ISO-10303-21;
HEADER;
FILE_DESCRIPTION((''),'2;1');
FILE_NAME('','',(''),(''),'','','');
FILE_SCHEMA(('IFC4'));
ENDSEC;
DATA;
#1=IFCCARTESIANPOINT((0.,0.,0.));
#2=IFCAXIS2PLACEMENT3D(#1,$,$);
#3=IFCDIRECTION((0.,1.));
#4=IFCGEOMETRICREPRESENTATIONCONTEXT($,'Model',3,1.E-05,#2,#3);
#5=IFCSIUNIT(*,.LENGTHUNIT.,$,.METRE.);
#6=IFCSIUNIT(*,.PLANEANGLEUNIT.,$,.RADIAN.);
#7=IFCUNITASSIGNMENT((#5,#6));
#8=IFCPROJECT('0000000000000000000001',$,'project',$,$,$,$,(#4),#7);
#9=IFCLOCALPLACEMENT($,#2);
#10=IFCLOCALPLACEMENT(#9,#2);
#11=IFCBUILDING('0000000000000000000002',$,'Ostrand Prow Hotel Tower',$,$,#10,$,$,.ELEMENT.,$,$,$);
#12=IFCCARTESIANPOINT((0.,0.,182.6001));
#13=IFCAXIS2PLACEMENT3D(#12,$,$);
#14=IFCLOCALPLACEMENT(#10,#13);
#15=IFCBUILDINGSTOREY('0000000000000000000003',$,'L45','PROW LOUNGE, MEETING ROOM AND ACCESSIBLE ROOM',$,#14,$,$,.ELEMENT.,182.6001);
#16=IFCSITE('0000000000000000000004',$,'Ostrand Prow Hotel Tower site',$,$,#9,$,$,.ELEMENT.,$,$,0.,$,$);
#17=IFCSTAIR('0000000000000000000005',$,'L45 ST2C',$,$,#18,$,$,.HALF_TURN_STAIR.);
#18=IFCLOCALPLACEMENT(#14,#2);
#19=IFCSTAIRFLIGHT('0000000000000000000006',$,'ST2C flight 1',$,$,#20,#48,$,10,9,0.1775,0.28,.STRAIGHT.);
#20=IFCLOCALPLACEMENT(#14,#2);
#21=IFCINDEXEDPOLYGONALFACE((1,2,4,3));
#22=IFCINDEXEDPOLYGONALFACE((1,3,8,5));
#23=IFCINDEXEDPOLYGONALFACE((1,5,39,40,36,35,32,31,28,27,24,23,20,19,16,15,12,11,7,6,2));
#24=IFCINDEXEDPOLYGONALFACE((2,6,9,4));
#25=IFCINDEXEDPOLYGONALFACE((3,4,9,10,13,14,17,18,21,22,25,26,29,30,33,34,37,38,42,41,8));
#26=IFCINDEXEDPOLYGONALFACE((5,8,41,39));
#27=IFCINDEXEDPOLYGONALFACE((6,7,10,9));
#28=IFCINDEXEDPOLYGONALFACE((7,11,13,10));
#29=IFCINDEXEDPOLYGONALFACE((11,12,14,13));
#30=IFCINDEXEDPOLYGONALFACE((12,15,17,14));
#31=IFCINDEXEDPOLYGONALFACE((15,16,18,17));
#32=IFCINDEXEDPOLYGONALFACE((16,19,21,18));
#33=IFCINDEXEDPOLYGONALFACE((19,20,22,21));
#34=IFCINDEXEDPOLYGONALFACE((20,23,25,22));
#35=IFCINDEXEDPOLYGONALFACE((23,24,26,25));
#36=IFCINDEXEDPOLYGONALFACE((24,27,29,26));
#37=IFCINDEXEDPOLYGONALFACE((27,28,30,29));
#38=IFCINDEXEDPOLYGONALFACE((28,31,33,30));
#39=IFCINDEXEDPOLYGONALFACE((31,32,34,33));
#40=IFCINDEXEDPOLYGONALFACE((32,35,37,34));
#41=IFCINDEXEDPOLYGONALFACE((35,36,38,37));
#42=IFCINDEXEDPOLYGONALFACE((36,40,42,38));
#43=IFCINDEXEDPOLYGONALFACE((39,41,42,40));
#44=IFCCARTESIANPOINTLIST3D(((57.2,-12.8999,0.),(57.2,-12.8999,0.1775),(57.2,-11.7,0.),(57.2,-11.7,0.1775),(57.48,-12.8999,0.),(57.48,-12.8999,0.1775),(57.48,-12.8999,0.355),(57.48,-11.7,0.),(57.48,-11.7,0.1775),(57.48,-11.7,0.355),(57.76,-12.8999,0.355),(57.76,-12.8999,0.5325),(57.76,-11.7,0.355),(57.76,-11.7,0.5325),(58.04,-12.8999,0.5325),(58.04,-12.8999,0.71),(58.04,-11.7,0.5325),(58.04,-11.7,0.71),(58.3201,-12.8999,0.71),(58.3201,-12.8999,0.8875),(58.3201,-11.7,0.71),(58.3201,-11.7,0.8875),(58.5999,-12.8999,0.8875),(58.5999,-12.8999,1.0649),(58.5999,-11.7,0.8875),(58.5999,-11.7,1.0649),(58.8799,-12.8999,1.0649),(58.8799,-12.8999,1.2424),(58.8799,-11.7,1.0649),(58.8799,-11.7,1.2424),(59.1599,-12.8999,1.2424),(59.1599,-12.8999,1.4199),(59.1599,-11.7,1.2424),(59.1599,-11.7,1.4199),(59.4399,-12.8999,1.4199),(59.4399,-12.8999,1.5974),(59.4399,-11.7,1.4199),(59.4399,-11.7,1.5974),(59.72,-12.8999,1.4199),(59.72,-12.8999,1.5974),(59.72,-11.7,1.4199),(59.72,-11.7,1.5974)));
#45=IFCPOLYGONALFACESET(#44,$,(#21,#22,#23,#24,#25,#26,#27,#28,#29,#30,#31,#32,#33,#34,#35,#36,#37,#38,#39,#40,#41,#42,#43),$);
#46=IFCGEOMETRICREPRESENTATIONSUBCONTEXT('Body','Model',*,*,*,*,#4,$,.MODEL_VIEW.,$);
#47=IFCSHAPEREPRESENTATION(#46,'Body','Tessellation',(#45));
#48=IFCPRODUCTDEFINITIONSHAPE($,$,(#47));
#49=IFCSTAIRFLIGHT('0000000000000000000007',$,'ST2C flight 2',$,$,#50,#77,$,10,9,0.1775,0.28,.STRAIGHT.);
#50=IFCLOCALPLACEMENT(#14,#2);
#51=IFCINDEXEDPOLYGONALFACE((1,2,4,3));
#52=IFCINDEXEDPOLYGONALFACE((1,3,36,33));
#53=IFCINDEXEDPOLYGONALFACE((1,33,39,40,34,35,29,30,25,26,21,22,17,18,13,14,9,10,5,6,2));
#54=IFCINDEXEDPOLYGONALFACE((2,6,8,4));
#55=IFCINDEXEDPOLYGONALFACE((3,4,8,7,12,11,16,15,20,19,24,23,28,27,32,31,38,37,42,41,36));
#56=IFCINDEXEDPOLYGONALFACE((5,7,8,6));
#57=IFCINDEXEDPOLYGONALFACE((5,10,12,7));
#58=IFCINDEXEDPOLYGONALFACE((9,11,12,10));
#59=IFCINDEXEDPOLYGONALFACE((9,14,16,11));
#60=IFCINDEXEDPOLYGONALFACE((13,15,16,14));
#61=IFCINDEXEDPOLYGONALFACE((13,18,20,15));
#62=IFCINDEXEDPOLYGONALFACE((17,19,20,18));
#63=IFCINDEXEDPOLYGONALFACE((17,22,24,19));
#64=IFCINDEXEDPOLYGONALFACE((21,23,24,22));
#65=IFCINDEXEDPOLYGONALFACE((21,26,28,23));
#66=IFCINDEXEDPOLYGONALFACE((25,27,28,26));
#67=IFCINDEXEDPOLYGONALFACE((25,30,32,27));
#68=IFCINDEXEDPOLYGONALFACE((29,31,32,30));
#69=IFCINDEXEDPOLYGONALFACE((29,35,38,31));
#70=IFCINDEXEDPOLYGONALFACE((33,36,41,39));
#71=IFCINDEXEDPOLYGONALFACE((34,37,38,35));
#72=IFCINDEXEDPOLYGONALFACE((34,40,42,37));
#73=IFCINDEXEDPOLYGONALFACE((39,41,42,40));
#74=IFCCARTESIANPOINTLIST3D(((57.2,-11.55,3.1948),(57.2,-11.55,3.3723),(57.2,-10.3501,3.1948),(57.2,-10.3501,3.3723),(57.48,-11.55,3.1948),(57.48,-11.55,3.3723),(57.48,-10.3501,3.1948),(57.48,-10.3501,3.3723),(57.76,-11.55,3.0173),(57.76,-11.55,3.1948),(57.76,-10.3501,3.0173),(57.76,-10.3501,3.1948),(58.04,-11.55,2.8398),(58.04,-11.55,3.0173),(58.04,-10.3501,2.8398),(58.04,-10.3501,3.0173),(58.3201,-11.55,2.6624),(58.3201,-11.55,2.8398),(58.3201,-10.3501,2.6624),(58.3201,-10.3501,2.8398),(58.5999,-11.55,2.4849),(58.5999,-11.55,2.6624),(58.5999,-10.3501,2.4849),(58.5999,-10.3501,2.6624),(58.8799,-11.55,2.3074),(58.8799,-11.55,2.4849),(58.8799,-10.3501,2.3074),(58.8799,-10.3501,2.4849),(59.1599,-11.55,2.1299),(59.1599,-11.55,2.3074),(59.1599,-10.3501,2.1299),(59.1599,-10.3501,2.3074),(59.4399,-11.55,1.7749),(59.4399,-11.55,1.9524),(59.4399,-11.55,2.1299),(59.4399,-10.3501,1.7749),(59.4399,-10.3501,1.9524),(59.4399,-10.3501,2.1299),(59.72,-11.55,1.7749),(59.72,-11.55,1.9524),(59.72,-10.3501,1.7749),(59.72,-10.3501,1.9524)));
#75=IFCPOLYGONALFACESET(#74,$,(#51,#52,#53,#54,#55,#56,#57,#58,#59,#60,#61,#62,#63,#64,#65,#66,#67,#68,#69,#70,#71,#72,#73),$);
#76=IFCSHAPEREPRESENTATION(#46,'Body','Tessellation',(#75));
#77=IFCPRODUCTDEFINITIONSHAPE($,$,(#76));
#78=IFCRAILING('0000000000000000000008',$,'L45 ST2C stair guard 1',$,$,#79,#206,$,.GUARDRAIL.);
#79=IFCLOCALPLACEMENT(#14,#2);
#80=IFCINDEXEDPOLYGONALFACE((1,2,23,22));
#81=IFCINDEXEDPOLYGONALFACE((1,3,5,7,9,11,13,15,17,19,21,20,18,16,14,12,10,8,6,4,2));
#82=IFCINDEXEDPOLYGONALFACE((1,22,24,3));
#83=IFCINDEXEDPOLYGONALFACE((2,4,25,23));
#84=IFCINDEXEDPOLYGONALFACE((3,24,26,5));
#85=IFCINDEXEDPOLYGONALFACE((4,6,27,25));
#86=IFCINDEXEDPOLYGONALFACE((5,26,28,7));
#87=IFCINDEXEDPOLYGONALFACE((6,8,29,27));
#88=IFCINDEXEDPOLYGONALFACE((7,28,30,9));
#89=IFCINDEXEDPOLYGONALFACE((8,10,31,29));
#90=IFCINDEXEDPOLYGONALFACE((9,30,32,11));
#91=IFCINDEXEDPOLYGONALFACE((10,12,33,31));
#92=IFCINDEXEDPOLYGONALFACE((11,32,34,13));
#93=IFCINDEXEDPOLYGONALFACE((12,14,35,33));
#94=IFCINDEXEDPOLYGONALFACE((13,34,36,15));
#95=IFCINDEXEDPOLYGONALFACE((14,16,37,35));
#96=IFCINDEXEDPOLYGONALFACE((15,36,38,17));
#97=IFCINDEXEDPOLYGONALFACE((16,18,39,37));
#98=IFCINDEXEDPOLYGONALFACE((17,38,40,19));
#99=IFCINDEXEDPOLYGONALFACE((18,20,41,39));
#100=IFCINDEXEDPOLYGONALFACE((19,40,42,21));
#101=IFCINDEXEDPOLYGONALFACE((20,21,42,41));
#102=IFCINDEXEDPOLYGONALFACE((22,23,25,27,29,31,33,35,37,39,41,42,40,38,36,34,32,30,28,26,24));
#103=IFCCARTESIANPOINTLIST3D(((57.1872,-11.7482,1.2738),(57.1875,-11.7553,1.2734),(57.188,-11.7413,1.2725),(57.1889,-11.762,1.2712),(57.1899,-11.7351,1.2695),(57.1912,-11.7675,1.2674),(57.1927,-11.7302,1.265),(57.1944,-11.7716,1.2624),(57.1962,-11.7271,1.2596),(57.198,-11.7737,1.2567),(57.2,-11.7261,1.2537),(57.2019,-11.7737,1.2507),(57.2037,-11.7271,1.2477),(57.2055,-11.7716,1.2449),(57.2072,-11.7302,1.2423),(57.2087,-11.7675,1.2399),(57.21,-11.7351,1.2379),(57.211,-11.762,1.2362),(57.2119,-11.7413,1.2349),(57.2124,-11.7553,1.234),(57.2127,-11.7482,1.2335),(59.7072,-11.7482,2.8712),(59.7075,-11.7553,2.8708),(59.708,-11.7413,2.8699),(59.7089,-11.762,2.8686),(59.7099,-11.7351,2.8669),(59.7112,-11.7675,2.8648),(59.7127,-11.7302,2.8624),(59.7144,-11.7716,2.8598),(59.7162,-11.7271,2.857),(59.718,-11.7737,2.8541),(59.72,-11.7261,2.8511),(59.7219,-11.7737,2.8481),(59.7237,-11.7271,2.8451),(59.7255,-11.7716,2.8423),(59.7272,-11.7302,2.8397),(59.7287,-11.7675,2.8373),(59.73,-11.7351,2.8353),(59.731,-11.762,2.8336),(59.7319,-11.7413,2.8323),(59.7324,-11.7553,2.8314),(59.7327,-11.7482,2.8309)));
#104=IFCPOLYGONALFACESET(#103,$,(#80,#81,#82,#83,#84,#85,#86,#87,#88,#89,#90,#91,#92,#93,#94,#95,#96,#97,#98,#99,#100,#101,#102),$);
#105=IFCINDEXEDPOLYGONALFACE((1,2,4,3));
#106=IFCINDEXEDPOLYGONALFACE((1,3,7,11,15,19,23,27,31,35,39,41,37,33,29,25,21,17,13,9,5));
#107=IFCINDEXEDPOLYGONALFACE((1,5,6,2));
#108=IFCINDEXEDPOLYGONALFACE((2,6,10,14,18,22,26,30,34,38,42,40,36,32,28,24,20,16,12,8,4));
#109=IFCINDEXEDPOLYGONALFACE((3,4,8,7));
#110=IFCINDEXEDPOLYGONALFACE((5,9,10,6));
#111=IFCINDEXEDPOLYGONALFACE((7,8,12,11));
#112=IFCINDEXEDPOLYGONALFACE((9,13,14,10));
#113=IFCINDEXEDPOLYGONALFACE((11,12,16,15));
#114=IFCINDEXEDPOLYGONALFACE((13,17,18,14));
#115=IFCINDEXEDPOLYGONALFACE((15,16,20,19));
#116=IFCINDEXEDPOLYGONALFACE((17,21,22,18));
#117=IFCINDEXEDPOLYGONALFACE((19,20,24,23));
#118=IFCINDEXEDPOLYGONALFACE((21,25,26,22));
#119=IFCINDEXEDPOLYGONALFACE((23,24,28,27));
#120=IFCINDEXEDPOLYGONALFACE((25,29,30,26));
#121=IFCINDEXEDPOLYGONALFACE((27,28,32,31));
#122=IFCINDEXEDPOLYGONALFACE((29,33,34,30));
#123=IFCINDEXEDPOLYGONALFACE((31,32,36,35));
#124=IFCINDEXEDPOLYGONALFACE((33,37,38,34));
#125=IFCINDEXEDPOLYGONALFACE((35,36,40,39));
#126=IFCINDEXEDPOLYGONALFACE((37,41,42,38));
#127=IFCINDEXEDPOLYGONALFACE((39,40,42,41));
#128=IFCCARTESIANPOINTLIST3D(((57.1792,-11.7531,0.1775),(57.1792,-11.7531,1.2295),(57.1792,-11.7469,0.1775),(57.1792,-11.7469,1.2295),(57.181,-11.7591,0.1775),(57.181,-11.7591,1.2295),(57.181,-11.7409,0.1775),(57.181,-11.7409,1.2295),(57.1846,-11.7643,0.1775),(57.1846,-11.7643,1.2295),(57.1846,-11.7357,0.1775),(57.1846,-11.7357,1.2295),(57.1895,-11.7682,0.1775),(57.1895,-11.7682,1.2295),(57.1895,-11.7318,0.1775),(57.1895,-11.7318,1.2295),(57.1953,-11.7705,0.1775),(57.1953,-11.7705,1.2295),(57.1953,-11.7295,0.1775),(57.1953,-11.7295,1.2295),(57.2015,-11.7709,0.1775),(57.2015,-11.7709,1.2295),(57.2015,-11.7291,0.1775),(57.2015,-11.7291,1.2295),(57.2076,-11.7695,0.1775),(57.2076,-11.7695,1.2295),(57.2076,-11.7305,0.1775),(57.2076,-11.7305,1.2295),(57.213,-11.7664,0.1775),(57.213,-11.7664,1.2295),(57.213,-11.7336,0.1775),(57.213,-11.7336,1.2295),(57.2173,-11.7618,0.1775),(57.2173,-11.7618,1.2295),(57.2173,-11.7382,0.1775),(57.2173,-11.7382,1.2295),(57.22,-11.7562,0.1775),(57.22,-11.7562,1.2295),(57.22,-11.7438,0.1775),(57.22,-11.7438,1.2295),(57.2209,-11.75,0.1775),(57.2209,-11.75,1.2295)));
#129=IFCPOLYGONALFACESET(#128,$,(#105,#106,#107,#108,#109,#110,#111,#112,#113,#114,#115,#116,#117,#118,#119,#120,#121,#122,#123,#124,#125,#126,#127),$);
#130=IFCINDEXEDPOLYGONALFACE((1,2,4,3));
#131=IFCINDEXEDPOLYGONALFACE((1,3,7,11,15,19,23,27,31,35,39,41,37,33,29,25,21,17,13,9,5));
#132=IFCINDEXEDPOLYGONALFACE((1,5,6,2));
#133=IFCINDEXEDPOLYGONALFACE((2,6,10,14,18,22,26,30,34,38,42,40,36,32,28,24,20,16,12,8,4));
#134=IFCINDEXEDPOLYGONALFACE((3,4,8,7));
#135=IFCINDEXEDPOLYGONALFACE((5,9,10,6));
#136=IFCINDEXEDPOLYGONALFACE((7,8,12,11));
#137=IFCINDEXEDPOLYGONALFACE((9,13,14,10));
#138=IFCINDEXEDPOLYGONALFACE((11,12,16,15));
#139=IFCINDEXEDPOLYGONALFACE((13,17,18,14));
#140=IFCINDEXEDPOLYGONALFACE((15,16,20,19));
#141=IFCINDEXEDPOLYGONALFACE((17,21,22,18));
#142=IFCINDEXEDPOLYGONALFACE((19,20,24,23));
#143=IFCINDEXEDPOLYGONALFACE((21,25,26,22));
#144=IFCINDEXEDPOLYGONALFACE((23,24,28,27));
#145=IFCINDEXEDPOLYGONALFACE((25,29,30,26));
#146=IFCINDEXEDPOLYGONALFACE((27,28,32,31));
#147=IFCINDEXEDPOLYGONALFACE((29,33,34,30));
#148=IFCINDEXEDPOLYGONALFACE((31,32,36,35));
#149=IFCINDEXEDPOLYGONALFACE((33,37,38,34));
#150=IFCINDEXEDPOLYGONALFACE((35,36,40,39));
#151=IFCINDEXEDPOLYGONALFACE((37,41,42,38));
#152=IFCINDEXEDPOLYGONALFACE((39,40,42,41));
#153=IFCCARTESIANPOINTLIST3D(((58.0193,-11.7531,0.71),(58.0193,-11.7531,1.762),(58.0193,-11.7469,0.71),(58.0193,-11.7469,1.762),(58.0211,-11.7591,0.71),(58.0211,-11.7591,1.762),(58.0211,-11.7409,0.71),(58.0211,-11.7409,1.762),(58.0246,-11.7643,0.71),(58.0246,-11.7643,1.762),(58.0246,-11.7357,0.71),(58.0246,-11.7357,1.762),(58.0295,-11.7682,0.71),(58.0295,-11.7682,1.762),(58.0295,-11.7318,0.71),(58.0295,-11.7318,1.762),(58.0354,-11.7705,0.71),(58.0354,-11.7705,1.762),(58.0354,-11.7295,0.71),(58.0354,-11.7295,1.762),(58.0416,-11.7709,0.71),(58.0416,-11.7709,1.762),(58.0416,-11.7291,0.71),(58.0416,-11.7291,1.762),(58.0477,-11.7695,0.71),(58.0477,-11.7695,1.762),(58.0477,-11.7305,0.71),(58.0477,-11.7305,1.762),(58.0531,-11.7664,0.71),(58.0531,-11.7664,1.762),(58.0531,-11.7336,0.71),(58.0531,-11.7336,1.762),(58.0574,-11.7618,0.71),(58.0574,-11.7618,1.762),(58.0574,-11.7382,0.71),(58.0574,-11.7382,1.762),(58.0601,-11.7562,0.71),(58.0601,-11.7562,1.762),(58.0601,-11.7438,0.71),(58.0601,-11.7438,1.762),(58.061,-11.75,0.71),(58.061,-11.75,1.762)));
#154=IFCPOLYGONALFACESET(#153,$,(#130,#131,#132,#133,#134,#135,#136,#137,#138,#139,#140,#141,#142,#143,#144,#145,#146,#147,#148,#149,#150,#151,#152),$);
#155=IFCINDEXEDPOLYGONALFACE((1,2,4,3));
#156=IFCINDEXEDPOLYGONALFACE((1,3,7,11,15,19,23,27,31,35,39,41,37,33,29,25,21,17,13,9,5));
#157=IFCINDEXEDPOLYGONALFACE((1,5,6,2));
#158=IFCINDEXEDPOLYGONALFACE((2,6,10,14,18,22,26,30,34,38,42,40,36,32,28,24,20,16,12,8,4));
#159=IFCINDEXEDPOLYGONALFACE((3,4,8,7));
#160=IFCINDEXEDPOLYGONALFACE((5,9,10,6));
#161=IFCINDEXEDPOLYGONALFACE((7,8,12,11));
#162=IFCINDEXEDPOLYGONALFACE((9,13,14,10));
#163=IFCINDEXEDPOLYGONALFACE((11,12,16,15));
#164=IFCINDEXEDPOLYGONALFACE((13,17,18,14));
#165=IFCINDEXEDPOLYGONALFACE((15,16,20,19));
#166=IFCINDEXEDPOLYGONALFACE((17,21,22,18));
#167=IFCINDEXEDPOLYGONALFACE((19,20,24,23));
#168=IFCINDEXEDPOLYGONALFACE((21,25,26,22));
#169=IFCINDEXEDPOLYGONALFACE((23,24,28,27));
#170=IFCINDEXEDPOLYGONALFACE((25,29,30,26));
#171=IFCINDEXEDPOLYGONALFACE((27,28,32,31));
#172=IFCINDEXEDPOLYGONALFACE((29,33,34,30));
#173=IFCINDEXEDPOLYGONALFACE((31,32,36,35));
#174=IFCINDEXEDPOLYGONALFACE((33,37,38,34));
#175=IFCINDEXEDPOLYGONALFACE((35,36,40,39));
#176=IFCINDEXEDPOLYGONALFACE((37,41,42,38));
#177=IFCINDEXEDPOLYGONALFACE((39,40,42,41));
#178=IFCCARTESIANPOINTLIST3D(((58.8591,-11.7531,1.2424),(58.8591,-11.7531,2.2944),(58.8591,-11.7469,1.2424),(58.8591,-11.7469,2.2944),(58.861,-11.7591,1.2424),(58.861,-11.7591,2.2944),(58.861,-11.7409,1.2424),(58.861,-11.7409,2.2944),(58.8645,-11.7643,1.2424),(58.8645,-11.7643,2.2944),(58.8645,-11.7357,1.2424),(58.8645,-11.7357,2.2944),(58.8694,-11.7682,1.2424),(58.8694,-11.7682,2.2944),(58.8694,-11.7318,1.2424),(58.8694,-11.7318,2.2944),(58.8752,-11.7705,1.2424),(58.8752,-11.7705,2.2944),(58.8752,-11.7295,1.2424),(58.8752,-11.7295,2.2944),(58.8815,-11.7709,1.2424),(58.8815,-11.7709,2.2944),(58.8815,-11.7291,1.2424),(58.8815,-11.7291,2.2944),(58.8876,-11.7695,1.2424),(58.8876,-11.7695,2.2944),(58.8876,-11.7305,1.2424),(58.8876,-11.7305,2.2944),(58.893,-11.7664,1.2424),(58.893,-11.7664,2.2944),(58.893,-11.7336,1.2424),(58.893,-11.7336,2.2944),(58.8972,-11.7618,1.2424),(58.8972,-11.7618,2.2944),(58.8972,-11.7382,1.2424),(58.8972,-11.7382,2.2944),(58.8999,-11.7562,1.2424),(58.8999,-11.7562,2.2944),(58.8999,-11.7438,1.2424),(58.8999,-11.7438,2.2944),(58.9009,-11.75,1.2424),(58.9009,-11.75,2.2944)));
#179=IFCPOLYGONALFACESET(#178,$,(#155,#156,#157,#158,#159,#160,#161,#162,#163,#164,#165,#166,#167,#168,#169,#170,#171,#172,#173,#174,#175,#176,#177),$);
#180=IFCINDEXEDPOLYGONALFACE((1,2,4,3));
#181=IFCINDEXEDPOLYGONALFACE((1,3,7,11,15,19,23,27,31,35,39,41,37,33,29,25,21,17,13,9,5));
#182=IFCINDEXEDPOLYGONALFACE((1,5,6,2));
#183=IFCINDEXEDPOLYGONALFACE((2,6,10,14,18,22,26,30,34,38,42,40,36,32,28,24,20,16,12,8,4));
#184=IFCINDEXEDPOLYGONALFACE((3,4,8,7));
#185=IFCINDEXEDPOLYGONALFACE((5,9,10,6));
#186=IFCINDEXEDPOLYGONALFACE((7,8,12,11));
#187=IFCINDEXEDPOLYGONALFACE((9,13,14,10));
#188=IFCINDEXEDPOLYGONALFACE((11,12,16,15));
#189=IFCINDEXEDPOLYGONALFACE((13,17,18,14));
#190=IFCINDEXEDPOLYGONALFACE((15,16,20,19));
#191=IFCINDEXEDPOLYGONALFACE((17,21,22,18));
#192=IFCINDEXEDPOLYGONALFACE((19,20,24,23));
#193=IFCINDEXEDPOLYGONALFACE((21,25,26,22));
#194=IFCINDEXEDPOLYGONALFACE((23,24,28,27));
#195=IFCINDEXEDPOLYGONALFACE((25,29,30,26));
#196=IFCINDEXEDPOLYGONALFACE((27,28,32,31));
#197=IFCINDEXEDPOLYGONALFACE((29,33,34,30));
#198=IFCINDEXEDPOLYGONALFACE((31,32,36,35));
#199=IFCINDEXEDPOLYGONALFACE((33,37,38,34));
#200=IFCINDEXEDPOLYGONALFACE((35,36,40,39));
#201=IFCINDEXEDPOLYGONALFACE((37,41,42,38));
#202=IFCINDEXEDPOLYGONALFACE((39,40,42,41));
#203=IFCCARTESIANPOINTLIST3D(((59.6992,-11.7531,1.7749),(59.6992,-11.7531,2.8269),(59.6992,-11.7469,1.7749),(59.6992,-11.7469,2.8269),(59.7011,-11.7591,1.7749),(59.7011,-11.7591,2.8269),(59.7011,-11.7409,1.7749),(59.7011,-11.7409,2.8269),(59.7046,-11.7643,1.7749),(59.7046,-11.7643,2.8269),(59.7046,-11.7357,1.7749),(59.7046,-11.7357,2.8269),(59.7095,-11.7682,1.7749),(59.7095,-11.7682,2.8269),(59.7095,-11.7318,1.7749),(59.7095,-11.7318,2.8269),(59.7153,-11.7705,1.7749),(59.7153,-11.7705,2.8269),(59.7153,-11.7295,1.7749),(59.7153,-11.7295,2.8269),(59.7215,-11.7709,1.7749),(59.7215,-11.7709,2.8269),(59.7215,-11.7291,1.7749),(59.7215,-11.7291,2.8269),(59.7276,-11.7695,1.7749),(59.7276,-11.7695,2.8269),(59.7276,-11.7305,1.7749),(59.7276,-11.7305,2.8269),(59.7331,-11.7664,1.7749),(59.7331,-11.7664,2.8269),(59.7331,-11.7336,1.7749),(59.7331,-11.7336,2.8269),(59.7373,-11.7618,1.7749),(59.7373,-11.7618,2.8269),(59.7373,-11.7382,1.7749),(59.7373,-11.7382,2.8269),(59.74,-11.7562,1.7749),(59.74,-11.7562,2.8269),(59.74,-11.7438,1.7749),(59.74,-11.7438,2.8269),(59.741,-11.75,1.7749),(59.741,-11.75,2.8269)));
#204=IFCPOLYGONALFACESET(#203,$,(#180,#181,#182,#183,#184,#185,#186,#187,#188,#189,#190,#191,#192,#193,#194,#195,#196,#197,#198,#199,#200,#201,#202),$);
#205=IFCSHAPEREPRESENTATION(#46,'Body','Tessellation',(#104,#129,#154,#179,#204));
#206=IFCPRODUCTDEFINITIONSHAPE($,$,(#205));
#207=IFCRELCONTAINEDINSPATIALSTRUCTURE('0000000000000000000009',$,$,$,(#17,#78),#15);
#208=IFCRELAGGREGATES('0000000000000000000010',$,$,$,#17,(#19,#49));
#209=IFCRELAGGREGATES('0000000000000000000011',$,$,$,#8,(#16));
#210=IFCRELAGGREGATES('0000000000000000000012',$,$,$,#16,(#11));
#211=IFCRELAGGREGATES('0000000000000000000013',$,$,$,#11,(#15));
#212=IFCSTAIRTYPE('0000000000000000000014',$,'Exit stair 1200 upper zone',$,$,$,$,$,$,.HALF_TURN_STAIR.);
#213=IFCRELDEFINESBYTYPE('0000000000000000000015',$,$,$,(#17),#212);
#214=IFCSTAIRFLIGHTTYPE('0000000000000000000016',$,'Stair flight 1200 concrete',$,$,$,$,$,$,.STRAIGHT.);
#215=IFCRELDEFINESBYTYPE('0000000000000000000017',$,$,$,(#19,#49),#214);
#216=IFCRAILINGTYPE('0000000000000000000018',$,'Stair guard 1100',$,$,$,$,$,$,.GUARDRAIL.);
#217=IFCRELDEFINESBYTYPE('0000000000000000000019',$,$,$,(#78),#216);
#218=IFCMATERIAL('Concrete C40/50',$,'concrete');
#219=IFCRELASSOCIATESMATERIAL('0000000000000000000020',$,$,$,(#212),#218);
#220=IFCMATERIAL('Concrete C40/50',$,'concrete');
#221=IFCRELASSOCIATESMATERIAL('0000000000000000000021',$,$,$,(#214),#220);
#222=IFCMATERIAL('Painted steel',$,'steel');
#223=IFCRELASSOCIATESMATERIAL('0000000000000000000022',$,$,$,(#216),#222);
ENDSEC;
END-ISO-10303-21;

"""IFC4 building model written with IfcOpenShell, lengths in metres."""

from ifc_helpers import new_model, si_unit, direction, frame, origin, origin_2d, place, context, subcontext, project, spatial, polyline, circle, outline, extrude, material, type_object, element, aggregate, save


model = new_model("IFC4")

# Units and contexts
model_context = context("Model", 3, precision=1e-05, world=origin(), true_north=direction((0.0, 1.0)))
body_context = subcontext(model_context, "Body", "Model", "MODEL_VIEW")
ifc_project = project(units=[si_unit("LENGTHUNIT", "METRE"), si_unit("PLANEANGLEUNIT", "RADIAN")], contexts=[model_context])

# Site, building, storey
site_placement = place(None, origin())
site = spatial("IfcSite", under=ifc_project, at=site_placement, Name="Ostrand Prow Hotel Tower site", CompositionType="ELEMENT", RefElevation=0.0)
building_placement = place(site_placement, origin())
building = spatial("IfcBuilding", under=site, at=building_placement, Name="Ostrand Prow Hotel Tower", CompositionType="ELEMENT")
storey_placement = place(building_placement, frame((0.0, 0.0, 182.6001)))
storey = spatial("IfcBuildingStorey", under=building, at=storey_placement, Name="L45", Description="PROW LOUNGE, MEETING ROOM AND ACCESSIBLE ROOM", CompositionType="ELEMENT", Elevation=182.6001)

# Stair, stair flights
ifc_material_1 = material(Name="Concrete C40/50", Category="concrete")
stair_type = type_object("IfcStairType", Name="Exit stair 1200 upper zone", PredefinedType="HALF_TURN_STAIR", material=ifc_material_1)
stair_placement = place(storey_placement, origin())
stair = element("IfcStair", 1, at=stair_placement, inside=storey, type_object=stair_type, Name="L45 ST2C", PredefinedType="HALF_TURN_STAIR")
ifc_material_2 = material(Name="Concrete C40/50", Category="concrete")
stair_flight_type = type_object("IfcStairFlightType", Name="Stair flight 1200 concrete", PredefinedType="STRAIGHT", material=ifc_material_2)
stair_flight_1_placement = place(storey_placement, frame((57.2, -12.3, 0.0), z_axis=(0.0, 0.0, 1.0), x_axis=(1.0, 0.0, 0.0)))
stair_flight_1 = element("IfcStairFlight", 2, at=stair_flight_1_placement, type_object=stair_flight_type, Name="ST2C flight 1", NumberOfRisers=10, NumberOfTreads=9, PredefinedType="STRAIGHT", RiserHeight=0.1775, TreadLength=0.28, context=body_context, shape_type="SweptSolid", body=[
    extrude(outline(polyline([(0.0, 0.0), (0.0, 0.1775), (0.28, 0.1775), (0.28, 0.355), (0.5601, 0.355), (0.5601, 0.5325), (0.8401, 0.5325), (0.8401, 0.71), (1.1201, 0.71), (1.1201, 0.8875), (1.3999, 0.8875), (1.3999, 1.0649), (1.6799, 1.0649), (1.6799, 1.2424), (1.96, 1.2424), (1.96, 1.4199), (2.24, 1.4199), (2.24, 1.5974), (2.52, 1.5974), (2.52, 1.7749), (2.52, 1.4199), (0.28, 0.0), (0.0, 0.0)])), frame((0.0, 0.6001, 0.0), z_axis=(0.0, -1.0, 0.0), x_axis=(1.0, 0.0, 0.0)), (0.0, 0.0, 1.0), 1.2),
])
stair_flight_2_placement = place(storey_placement, frame((59.72, -10.95, 1.7749), z_axis=(0.0, 0.0, 1.0), x_axis=(-1.0, 0.0, 0.0)))
stair_flight_2 = element("IfcStairFlight", 3, at=stair_flight_2_placement, type_object=stair_flight_type, Name="ST2C flight 2", NumberOfRisers=10, NumberOfTreads=9, PredefinedType="STRAIGHT", RiserHeight=0.1775, TreadLength=0.28, context=body_context, shape_type="SweptSolid", body=[
    extrude(outline(polyline([(0.0, 0.0), (0.0, 0.1775), (0.28, 0.1775), (0.28, 0.355), (0.5601, 0.355), (0.5601, 0.5325), (0.8401, 0.5325), (0.8401, 0.71), (1.1201, 0.71), (1.1201, 0.8875), (1.3999, 0.8875), (1.3999, 1.0649), (1.6799, 1.0649), (1.6799, 1.2424), (1.96, 1.2424), (1.96, 1.4199), (2.24, 1.4199), (2.24, 1.5974), (2.52, 1.5974), (2.52, 1.7749), (2.52, 1.4199), (0.28, 0.0), (0.0, 0.0)])), frame((0.0, 0.6001, 0.0), z_axis=(0.0, -1.0, 0.0), x_axis=(1.0, 0.0, 0.0)), (0.0, 0.0, 1.0), 1.2),
])
aggregate(stair, [stair_flight_1, stair_flight_2])

# Railing
ifc_material_3 = material(Name="Painted steel", Category="steel")
railing_type_1 = type_object("IfcRailingType", Name="Stair guard 1100", PredefinedType="GUARDRAIL", material=ifc_material_3)
railing_1_placement = place(storey_placement, frame((57.2, -11.75, 0.1775)))
element("IfcRailing", 4, at=railing_1_placement, inside=storey, type_object=railing_type_1, Name="L45 ST2C stair guard 1", PredefinedType="GUARDRAIL", context=body_context, shape_type="SweptSolid", body=[
    extrude(circle(Radius=0.0239, at=origin_2d()), frame((0.0, 0.0, 1.0762), z_axis=(0.844607, 0.0, 0.535387), x_axis=(0.0, 1.0, 0.0)), (0.0, 0.0, 1.0), 2.9836),
    extrude(circle(Radius=0.021, at=origin_2d()), origin(), (0.0, 0.0, 1.0), 1.052),
    extrude(circle(Radius=0.021, at=origin_2d()), frame((0.8401, 0.0, 0.5325)), (0.0, 0.0, 1.0), 1.052),
    extrude(circle(Radius=0.021, at=origin_2d()), frame((1.6799, 0.0, 1.0649)), (0.0, 0.0, 1.0), 1.052),
    extrude(circle(Radius=0.021, at=origin_2d()), frame((2.52, 0.0, 1.5974)), (0.0, 0.0, 1.0), 1.052),
])

save(model, "model.ifc")
